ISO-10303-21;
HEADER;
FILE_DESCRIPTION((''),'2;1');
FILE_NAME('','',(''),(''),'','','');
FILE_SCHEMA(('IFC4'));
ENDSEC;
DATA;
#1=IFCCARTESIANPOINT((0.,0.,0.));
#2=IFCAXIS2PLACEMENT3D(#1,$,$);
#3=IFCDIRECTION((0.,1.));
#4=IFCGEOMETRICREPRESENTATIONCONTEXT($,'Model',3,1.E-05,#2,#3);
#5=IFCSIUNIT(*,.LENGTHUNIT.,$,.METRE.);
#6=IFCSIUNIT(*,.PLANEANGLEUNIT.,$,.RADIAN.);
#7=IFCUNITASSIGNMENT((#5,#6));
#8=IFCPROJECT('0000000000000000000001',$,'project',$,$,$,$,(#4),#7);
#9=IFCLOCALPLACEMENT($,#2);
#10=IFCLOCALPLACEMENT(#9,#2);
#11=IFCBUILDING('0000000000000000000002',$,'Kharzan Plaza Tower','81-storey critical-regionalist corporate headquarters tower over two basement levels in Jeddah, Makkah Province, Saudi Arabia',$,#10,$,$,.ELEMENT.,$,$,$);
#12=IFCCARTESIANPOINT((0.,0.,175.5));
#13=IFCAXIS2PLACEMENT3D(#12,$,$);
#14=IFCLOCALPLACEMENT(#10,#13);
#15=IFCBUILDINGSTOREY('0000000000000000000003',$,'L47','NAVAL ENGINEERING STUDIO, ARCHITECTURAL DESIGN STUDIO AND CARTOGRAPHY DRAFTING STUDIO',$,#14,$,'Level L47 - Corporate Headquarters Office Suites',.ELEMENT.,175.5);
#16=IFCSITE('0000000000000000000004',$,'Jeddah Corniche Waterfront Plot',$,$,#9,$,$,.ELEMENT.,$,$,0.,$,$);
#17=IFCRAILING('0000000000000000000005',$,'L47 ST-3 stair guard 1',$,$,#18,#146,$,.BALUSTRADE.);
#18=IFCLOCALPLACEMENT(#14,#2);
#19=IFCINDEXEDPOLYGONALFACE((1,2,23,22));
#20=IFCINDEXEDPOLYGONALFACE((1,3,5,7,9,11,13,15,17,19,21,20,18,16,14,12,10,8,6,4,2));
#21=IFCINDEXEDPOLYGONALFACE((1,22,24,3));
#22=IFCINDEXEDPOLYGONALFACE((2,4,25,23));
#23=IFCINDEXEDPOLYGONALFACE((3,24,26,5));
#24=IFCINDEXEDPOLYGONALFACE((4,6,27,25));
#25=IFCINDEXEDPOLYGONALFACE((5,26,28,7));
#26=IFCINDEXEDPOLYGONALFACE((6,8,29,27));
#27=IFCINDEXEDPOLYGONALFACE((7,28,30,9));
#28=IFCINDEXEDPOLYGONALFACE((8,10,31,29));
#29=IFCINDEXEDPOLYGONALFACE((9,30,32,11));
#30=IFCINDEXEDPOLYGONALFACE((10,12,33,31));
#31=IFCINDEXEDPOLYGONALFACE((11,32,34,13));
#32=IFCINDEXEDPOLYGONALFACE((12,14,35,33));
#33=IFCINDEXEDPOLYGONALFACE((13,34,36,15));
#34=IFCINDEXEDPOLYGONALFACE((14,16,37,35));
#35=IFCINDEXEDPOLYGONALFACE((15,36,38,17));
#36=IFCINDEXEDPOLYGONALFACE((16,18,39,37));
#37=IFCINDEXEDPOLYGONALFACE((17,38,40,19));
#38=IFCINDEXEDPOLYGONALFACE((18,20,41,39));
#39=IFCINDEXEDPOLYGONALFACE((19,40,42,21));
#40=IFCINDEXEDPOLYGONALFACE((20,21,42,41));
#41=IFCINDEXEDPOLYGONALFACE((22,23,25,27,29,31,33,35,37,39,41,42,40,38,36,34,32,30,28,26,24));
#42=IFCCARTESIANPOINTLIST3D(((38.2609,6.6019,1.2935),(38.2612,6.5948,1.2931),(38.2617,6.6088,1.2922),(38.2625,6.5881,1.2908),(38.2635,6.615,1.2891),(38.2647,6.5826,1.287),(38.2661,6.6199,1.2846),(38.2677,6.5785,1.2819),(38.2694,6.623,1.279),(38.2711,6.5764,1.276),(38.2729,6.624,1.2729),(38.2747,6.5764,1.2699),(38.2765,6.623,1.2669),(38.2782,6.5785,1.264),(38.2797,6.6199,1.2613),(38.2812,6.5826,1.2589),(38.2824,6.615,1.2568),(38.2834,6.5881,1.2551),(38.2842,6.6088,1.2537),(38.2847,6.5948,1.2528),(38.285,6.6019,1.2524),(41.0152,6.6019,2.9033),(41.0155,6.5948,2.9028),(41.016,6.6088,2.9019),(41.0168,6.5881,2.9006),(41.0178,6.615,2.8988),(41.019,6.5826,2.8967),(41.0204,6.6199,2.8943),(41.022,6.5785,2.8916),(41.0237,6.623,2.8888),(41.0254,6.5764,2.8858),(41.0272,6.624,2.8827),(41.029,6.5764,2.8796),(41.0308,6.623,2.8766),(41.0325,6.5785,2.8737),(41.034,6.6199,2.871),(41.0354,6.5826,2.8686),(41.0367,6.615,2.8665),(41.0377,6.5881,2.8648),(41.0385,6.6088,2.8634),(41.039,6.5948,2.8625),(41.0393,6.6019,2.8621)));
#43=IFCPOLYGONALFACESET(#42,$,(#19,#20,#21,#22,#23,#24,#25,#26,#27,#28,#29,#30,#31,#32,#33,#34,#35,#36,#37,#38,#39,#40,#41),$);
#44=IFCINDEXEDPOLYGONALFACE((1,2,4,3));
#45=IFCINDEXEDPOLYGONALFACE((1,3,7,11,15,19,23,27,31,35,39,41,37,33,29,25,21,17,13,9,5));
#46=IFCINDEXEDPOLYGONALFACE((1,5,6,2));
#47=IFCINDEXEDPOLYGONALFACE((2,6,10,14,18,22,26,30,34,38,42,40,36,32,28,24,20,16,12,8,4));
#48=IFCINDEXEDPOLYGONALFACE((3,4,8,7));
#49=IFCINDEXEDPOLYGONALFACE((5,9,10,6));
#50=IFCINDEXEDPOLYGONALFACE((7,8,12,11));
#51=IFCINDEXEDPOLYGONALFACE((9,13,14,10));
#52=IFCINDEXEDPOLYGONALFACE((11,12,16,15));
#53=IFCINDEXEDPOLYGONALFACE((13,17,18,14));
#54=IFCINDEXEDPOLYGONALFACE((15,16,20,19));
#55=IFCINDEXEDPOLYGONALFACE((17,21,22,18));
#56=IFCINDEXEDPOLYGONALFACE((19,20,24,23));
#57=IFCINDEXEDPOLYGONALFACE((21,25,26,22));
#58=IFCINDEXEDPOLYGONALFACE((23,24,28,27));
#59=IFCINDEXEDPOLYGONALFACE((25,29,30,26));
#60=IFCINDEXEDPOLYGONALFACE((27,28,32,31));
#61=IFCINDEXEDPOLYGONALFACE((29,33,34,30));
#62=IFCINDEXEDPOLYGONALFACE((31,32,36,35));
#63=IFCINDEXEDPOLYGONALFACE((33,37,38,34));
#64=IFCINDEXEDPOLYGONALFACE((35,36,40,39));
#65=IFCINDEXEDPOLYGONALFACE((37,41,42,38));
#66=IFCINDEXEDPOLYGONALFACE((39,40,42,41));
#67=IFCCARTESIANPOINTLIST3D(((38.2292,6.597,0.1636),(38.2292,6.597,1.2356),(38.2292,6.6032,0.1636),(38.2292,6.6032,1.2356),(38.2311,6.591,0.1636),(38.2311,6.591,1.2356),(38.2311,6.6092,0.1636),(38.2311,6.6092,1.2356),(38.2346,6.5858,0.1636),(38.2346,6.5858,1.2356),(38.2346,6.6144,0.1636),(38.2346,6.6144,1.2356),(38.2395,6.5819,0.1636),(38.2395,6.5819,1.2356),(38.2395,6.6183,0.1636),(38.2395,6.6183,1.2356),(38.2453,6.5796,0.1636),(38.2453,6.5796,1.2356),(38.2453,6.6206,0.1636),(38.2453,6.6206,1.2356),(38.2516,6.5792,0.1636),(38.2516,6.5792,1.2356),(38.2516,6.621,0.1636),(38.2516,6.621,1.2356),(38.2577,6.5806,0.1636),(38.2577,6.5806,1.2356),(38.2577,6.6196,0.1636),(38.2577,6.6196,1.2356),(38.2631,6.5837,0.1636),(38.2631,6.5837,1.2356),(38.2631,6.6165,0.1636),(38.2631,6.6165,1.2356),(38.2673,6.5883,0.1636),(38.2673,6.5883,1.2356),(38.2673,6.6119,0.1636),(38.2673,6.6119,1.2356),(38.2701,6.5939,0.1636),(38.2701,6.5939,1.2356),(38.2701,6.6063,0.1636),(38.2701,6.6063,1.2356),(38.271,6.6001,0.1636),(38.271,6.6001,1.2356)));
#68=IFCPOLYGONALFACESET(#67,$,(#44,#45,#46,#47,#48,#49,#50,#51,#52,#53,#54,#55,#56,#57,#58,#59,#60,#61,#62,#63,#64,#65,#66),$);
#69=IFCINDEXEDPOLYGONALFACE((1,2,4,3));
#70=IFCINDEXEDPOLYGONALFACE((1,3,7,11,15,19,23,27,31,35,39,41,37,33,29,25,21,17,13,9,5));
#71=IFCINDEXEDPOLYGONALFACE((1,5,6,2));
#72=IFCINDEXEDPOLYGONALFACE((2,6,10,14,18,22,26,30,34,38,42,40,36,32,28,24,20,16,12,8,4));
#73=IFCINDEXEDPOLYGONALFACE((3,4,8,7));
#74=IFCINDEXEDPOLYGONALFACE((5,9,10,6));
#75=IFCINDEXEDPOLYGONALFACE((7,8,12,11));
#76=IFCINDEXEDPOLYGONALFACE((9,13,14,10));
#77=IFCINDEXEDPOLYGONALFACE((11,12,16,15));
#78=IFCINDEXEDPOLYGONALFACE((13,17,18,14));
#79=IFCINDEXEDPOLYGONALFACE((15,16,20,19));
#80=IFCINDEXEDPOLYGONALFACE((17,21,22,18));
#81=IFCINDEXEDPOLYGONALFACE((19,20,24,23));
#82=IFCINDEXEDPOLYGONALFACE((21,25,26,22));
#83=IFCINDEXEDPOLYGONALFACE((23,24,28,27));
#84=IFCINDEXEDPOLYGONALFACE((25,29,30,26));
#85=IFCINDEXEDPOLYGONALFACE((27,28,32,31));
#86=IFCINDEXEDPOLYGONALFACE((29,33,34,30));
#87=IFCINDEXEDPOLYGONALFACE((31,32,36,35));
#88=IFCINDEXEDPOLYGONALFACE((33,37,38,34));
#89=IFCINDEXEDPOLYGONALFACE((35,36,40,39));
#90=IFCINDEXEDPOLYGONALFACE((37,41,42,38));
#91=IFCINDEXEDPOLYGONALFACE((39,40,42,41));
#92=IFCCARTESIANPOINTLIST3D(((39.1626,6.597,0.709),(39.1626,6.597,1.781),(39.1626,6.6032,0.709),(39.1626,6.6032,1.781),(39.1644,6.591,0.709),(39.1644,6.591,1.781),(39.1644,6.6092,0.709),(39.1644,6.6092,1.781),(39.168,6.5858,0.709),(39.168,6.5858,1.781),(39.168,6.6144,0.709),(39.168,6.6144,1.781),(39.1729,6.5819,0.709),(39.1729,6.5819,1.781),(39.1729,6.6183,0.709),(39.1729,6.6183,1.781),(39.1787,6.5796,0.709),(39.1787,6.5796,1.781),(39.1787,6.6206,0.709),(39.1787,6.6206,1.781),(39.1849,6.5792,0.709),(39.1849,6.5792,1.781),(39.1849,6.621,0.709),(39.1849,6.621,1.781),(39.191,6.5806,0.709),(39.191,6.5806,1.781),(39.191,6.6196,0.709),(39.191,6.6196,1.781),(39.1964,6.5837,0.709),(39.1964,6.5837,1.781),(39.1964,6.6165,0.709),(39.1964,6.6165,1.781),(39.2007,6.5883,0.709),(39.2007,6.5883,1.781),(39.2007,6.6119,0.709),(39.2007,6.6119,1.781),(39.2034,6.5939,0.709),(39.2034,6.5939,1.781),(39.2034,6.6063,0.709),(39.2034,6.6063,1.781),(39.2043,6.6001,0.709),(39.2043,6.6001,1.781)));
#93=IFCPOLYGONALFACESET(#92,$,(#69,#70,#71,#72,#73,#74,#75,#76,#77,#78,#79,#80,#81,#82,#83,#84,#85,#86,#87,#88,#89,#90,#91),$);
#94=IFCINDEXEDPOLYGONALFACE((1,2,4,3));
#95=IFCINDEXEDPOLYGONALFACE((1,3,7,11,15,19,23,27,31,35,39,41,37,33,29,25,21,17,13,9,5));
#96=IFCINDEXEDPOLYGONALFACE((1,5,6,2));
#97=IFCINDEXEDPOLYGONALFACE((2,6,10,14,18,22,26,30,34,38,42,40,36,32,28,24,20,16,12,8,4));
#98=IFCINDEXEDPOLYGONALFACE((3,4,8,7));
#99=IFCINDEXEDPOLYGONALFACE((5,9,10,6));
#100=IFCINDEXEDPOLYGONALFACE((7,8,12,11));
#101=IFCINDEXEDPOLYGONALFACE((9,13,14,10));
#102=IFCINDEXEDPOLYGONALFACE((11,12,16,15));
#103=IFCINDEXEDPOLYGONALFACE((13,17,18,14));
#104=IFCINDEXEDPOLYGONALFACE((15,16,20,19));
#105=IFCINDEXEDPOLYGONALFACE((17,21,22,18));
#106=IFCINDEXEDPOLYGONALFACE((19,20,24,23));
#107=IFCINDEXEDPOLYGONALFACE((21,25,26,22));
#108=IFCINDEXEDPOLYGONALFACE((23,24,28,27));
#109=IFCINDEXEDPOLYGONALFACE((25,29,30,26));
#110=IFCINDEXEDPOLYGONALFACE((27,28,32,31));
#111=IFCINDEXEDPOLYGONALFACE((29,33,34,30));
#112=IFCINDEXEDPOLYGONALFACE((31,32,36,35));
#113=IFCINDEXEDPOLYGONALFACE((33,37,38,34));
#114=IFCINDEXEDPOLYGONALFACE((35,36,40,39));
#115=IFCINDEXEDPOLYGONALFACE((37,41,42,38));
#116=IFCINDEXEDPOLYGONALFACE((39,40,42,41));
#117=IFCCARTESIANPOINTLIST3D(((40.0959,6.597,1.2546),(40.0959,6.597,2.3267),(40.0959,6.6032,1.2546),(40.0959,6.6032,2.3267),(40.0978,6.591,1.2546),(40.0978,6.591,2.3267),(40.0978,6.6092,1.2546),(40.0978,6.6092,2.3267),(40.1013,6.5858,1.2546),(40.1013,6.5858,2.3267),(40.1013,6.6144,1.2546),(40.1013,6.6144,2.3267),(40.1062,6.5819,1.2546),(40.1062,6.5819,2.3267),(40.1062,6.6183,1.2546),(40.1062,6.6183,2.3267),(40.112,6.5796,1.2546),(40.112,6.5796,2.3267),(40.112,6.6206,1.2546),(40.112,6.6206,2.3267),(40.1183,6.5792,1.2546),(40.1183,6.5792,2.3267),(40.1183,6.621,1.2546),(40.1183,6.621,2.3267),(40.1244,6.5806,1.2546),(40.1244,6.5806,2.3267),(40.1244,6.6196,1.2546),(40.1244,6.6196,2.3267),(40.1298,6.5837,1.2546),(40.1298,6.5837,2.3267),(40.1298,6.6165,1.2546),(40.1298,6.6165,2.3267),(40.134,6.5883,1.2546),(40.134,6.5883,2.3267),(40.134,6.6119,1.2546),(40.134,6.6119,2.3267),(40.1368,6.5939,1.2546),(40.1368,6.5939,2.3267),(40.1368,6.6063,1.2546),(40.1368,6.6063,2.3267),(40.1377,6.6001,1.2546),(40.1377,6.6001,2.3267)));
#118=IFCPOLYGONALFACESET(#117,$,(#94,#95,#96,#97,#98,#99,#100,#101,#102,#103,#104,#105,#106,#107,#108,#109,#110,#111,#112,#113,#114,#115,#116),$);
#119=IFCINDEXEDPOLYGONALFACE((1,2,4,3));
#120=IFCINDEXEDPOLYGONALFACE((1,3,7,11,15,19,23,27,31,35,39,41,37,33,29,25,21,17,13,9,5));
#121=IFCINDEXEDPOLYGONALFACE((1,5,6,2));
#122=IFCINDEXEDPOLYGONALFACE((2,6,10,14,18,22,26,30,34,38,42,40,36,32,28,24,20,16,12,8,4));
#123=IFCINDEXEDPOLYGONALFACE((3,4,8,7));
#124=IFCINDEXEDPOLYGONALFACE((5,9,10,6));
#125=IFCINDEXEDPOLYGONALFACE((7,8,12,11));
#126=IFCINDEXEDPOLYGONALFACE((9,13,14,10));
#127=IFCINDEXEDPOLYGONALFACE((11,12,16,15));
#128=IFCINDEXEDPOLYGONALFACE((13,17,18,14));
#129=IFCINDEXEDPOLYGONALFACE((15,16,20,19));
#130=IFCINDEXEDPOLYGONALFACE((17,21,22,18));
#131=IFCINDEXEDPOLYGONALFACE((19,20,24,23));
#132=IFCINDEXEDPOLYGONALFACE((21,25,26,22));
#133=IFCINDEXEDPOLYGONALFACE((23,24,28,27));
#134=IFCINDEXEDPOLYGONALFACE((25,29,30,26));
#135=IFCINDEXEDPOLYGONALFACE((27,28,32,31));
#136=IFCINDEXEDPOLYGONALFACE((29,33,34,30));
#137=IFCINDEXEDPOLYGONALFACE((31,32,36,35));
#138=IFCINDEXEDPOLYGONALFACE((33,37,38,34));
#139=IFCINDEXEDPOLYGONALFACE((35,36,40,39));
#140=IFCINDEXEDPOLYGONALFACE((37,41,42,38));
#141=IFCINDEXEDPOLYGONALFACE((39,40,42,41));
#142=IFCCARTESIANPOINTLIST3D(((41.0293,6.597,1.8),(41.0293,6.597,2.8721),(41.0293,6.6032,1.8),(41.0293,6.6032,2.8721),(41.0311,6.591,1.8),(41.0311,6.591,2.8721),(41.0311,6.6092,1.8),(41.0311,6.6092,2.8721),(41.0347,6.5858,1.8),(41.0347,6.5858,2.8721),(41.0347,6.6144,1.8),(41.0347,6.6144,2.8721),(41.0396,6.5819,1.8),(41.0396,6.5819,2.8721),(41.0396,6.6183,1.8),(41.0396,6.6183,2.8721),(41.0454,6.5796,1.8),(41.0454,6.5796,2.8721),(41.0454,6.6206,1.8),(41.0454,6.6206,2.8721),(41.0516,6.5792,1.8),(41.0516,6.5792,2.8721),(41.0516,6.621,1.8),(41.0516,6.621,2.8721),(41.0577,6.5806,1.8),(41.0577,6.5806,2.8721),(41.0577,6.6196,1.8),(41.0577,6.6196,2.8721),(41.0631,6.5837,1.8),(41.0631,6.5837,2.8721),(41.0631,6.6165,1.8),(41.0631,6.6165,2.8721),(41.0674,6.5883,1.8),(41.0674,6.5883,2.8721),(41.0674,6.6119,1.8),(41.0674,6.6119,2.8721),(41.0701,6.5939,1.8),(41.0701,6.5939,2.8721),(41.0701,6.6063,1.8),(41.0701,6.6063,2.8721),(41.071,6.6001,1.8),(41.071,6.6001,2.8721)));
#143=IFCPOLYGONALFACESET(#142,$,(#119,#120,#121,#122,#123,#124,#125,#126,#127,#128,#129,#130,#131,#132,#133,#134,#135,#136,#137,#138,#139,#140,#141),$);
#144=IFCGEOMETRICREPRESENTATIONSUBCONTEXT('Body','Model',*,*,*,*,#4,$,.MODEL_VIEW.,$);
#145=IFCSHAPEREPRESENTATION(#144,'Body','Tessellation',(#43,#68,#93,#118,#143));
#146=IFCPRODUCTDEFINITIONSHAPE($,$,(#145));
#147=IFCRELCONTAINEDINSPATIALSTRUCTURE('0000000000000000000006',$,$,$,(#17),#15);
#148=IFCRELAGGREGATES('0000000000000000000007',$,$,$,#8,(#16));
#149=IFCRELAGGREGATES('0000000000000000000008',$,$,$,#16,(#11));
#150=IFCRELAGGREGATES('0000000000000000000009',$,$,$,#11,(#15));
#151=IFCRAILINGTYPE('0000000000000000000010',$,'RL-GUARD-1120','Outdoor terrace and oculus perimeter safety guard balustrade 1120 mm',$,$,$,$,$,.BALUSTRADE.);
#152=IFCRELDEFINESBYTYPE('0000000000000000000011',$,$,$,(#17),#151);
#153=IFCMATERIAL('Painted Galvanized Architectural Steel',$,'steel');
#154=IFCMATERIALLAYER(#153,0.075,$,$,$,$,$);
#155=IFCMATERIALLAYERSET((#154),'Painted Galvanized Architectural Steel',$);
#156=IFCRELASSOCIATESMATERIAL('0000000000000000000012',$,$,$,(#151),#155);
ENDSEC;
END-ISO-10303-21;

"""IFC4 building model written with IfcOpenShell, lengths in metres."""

from ifc_helpers import new_model, si_unit, direction, frame, origin, origin_2d, place, context, subcontext, project, spatial, circle, extrude, source, transform, mapped, material, layer, layer_set, type_object, element, save


model = new_model("IFC4")

# Units and contexts
model_context = context("Model", 3, precision=1e-05, world=origin(), true_north=direction((0.0, 1.0)))
body_context = subcontext(model_context, "Body", "Model", "MODEL_VIEW")
ifc_project = project(units=[si_unit("LENGTHUNIT", "METRE"), si_unit("PLANEANGLEUNIT", "RADIAN")], contexts=[model_context])

# Site, building, storey
site_placement = place(None, origin())
site = spatial("IfcSite", under=ifc_project, at=site_placement, Name="Jeddah Corniche Waterfront Plot", CompositionType="ELEMENT", RefElevation=0.0)
building_placement = place(site_placement, origin())
building = spatial("IfcBuilding", under=site, at=building_placement, Name="Kharzan Plaza Tower", Description="81-storey critical-regionalist corporate headquarters tower over two basement levels in Jeddah, Makkah Province, Saudi Arabia", CompositionType="ELEMENT")
storey_placement = place(building_placement, frame((0.0, 0.0, 175.5)))
storey = spatial("IfcBuildingStorey", under=building, at=storey_placement, Name="L47", Description="NAVAL ENGINEERING STUDIO, ARCHITECTURAL DESIGN STUDIO AND CARTOGRAPHY DRAFTING STUDIO", LongName="Level L47 - Corporate Headquarters Office Suites", CompositionType="ELEMENT", Elevation=175.5)

# Railing
ifc_material_1 = material(Name="Painted Galvanized Architectural Steel", Category="steel")
ifc_layer_1 = layer(ifc_material_1, 0.075)
ifc_layer_set_1 = layer_set([ifc_layer_1], Name="Painted Galvanized Architectural Steel")
railing_type_1 = type_object("IfcRailingType", Name="RL-GUARD-1120", Description="Outdoor terrace and oculus perimeter safety guard balustrade 1120 mm", PredefinedType="BALUSTRADE", material=ifc_layer_set_1)
shared_shape_1 = source(origin(), body_context, "Body", "SweptSolid", [
    extrude(circle(Radius=0.0239, at=origin_2d()), frame((0.0229, 0.0, 1.1094), z_axis=(0.863361, 0.0, 0.504587), x_axis=(0.0, 1.0, 0.0)), (0.0, 0.0, 1.0), 3.1902),
    extrude(circle(Radius=0.021, at=origin_2d()), origin(), (0.0, 0.0, 1.0), 1.072),
    extrude(circle(Radius=0.021, at=origin_2d()), frame((0.9333, 0.0, 0.5454)), (0.0, 0.0, 1.0), 1.072),
    extrude(circle(Radius=0.021, at=origin_2d()), frame((1.8667, 0.0, 1.0911)), (0.0, 0.0, 1.0), 1.072),
    extrude(circle(Radius=0.021, at=origin_2d()), frame((2.8, 0.0, 1.6365)), (0.0, 0.0, 1.0), 1.072),
])
railing_1_placement = place(storey_placement, frame((38.25, 6.6001, 0.1636)))
element("IfcRailing", 1, at=railing_1_placement, inside=storey, type_object=railing_type_1, Name="L47 ST-3 stair guard 1", PredefinedType="BALUSTRADE", context=body_context, shape_type="MappedRepresentation", body=[
    mapped(shared_shape_1, transform((0.0, 0.0, 0.0), x_axis=(1.0, 0.0, 0.0), y_axis=(0.0, 1.0, 0.0), z_axis=(0.0, 0.0, 1.0))),
])

save(model, "model.ifc")
